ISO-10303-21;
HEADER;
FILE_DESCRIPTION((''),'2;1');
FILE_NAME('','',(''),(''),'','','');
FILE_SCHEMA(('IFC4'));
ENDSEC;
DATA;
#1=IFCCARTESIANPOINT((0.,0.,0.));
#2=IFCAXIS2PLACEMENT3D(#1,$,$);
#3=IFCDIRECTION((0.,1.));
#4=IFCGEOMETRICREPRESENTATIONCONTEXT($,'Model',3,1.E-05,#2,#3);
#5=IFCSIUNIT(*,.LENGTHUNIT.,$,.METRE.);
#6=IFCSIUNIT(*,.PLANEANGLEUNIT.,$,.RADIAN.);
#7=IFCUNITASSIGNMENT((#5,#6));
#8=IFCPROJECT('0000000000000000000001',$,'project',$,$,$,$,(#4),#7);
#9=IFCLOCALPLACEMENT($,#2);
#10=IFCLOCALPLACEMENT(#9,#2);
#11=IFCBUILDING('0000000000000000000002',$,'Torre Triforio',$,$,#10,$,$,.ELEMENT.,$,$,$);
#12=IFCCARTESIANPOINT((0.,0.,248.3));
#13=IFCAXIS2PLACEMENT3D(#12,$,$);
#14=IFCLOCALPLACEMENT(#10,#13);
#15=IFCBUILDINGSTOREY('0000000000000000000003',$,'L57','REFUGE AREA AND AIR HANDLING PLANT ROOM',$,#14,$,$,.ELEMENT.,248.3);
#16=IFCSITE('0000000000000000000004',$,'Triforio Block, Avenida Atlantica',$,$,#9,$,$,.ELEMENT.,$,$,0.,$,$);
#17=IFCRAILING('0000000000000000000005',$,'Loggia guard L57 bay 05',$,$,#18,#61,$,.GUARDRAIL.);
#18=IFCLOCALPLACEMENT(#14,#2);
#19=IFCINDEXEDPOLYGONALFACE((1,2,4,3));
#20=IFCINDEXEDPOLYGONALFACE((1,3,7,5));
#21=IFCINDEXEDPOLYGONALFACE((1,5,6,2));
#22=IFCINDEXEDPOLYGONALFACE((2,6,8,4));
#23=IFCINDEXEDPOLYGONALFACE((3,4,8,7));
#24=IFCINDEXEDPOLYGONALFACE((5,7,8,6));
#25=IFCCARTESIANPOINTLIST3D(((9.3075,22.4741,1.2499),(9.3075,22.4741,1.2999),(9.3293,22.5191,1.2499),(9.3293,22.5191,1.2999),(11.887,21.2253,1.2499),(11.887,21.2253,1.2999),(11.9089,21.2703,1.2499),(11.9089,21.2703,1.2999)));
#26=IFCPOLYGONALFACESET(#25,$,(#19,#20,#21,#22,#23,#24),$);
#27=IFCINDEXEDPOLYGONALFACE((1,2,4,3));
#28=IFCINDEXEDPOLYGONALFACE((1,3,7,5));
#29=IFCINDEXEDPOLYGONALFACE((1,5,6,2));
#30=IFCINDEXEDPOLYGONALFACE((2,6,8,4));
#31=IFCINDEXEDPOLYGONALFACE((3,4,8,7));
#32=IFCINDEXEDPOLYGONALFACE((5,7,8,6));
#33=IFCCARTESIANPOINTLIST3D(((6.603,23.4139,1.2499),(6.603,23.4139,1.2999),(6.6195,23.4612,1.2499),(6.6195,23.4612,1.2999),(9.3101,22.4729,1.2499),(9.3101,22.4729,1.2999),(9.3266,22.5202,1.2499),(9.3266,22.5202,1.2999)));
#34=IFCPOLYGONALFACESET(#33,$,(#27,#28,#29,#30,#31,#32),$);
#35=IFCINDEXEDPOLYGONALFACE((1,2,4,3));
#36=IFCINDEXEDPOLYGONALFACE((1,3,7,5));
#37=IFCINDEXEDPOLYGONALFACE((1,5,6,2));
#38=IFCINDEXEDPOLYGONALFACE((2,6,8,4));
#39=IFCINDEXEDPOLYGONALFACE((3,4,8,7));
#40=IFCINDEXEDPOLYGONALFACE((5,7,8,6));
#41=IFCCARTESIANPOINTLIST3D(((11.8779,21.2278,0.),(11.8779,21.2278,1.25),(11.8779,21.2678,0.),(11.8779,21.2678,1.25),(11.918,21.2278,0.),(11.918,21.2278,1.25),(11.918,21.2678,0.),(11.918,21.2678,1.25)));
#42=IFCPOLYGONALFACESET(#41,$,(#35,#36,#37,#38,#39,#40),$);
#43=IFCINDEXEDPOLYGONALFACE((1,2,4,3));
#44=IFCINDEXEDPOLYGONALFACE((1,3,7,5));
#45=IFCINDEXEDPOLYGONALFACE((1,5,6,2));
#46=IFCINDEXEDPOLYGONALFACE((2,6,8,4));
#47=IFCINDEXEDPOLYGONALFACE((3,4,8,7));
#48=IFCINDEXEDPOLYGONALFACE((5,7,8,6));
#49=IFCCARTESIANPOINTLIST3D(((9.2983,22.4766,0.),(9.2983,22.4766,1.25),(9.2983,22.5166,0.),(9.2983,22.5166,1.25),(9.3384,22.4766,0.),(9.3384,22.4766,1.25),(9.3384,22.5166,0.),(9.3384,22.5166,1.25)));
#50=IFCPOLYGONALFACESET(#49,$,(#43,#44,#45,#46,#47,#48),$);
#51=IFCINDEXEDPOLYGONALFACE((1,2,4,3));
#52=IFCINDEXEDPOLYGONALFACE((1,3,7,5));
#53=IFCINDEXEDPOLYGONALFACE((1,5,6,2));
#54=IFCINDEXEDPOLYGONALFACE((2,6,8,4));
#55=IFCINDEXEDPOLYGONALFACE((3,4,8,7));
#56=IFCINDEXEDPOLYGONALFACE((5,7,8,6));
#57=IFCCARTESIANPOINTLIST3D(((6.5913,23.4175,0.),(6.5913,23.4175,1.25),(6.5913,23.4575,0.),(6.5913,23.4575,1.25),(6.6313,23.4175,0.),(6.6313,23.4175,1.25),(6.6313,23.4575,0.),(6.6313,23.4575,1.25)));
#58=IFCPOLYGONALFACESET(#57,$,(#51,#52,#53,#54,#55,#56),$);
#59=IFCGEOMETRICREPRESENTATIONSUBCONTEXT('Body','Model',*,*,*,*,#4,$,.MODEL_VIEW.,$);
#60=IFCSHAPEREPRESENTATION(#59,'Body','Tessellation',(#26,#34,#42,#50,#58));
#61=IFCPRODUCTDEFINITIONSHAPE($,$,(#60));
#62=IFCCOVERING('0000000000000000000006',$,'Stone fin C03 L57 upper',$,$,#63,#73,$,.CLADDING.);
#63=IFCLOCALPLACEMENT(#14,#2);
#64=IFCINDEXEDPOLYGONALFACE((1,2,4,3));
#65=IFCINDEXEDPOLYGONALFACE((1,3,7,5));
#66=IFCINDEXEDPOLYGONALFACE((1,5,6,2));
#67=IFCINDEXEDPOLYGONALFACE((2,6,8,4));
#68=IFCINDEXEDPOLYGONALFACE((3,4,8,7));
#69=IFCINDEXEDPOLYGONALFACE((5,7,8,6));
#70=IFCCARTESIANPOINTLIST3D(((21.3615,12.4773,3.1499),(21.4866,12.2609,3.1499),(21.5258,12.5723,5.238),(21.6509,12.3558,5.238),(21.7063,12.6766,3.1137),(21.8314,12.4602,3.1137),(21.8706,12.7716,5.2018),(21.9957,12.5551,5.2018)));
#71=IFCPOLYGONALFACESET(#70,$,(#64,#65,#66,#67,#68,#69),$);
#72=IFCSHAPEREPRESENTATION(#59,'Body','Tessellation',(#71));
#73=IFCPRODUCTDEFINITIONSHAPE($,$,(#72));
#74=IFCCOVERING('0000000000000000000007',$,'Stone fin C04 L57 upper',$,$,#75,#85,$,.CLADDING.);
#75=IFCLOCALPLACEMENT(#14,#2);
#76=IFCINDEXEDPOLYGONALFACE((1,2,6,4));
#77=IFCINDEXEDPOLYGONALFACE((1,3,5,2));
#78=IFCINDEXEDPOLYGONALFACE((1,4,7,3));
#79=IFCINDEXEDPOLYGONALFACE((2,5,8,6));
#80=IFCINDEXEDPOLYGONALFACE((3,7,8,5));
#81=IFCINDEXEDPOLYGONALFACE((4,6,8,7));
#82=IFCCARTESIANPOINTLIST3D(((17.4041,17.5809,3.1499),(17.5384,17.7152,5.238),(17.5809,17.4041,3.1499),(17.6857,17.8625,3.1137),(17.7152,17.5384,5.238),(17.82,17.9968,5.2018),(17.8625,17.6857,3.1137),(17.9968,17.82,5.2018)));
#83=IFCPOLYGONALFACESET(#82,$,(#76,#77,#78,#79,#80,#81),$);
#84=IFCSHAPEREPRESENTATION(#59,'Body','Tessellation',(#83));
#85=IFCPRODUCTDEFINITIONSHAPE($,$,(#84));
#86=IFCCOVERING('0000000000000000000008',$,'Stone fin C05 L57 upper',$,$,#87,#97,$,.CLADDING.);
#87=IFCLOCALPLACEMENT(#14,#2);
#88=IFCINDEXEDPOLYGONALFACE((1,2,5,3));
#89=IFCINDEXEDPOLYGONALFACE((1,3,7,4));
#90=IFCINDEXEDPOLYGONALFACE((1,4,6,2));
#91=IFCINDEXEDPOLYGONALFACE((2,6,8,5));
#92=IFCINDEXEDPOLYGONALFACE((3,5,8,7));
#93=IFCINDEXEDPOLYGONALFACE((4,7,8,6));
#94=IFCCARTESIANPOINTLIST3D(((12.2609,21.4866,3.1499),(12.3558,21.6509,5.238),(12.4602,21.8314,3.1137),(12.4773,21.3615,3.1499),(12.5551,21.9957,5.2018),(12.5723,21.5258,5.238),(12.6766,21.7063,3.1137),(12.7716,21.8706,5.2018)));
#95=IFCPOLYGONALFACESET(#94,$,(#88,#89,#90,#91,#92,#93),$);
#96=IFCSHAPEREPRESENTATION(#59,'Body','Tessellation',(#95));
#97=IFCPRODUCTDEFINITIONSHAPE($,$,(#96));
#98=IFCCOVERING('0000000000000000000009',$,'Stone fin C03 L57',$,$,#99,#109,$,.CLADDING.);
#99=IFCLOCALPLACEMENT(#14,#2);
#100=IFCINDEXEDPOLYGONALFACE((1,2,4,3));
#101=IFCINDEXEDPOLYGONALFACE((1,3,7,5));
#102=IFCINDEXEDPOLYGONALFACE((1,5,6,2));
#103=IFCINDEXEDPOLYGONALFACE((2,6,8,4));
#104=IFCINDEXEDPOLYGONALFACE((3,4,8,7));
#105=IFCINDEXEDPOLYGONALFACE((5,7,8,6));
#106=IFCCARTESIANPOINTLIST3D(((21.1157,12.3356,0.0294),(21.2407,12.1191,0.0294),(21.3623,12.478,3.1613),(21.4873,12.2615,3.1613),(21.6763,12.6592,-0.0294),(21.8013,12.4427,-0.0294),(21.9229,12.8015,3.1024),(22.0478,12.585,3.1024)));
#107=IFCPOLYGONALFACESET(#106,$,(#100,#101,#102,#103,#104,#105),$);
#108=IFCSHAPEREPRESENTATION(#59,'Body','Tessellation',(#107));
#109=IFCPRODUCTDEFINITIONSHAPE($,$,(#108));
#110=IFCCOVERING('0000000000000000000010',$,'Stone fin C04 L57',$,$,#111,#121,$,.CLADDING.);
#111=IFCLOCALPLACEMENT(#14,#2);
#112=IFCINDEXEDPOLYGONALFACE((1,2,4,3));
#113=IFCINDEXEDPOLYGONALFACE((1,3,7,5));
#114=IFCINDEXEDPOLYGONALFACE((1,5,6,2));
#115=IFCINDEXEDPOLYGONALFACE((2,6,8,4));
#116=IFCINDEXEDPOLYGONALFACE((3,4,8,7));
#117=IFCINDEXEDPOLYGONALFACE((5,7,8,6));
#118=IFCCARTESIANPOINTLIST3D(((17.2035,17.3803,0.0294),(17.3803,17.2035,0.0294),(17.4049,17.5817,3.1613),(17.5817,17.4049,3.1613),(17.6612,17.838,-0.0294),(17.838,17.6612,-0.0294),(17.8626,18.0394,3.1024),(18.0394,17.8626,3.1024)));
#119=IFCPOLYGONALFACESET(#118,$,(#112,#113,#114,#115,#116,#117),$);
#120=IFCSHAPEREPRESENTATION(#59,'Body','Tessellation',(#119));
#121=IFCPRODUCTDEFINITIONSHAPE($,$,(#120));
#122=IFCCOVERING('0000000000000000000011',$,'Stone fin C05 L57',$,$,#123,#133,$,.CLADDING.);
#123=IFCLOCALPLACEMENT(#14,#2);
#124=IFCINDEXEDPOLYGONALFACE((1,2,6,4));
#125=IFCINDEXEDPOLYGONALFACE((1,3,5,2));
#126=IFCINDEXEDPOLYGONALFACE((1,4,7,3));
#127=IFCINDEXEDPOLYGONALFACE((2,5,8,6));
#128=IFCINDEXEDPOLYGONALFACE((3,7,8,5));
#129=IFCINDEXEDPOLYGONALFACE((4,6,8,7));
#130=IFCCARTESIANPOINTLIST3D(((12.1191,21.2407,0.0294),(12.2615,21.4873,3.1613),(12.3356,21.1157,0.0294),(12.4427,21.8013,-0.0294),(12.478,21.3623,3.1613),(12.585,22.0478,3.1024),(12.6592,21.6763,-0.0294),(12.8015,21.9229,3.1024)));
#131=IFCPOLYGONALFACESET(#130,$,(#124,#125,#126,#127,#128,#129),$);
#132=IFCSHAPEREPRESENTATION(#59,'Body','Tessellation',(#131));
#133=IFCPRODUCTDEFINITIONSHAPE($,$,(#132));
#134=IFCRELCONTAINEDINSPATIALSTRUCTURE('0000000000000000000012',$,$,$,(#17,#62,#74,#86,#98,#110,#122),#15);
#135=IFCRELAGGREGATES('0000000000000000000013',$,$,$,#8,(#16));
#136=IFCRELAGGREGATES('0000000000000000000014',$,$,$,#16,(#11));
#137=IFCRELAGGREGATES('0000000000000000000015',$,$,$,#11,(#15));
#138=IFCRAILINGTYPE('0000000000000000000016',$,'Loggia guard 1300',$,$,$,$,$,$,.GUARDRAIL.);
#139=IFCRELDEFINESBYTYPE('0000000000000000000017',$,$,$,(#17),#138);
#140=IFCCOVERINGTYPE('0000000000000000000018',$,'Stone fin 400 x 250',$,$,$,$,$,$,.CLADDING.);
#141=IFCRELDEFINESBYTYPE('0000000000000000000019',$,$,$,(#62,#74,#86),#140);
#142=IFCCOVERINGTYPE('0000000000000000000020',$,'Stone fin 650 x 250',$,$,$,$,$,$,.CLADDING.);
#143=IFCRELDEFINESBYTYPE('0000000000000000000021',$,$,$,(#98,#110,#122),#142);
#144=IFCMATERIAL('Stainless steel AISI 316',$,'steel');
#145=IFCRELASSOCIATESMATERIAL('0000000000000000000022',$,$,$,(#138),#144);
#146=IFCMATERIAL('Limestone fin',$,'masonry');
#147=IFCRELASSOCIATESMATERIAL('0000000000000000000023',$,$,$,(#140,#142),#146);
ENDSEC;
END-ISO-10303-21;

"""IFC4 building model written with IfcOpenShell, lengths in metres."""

from ifc_helpers import new_model, si_unit, direction, frame, origin, origin_2d, place, context, subcontext, project, spatial, rectangle, extrude, material, material_profile, profile_set, type_object, element, save


model = new_model("IFC4")

# Units and contexts
model_context = context("Model", 3, precision=1e-05, world=origin(), true_north=direction((0.0, 1.0)))
body_context = subcontext(model_context, "Body", "Model", "MODEL_VIEW")
ifc_project = project(units=[si_unit("LENGTHUNIT", "METRE"), si_unit("PLANEANGLEUNIT", "RADIAN")], contexts=[model_context])

# Site, building, storey
site_placement = place(None, origin())
site = spatial("IfcSite", under=ifc_project, at=site_placement, Name="Triforio Block, Avenida Atlantica", CompositionType="ELEMENT", RefElevation=0.0)
building_placement = place(site_placement, origin())
building = spatial("IfcBuilding", under=site, at=building_placement, Name="Torre Triforio", CompositionType="ELEMENT")
storey_placement = place(building_placement, frame((0.0, 0.0, 248.3)))
storey = spatial("IfcBuildingStorey", under=building, at=storey_placement, Name="L57", Description="REFUGE AREA AND AIR HANDLING PLANT ROOM", CompositionType="ELEMENT", Elevation=248.3)

# Railing
ifc_material_1 = material(Name="Stainless steel AISI 316", Category="steel")
railing_type = type_object("IfcRailingType", Name="Loggia guard 1300", PredefinedType="GUARDRAIL", material=ifc_material_1)
railing_1_placement = place(storey_placement, frame((11.8979, 21.2478, 0.0)))
element("IfcRailing", 1, at=railing_1_placement, inside=storey, type_object=railing_type, Name="Loggia guard L57 bay 05", PredefinedType="GUARDRAIL", context=body_context, shape_type="SweptSolid", body=[
    extrude(rectangle(XDim=0.05, YDim=0.05, at=origin_2d()), frame((0.0, 0.0, 1.2749), z_axis=(-0.900078, 0.435728, 0.0), x_axis=(-0.435728, -0.900078, 0.0)), (0.0, 0.0, 1.0), 2.866),
    extrude(rectangle(XDim=0.05, YDim=0.05, at=origin_2d()), frame((-2.5796, 1.2488, 1.2749), z_axis=(-0.944568, 0.328316, 0.0), x_axis=(-0.328316, -0.944568, 0.0)), (0.0, 0.0, 1.0), 2.866),
    extrude(rectangle(XDim=0.04, YDim=0.04, at=origin_2d()), origin(), (0.0, 0.0, 1.0), 1.25),
    extrude(rectangle(XDim=0.04, YDim=0.04, at=origin_2d()), frame((-2.5796, 1.2488, 0.0)), (0.0, 0.0, 1.0), 1.25),
    extrude(rectangle(XDim=0.04, YDim=0.04, at=origin_2d()), frame((-5.2866, 2.1897, 0.0)), (0.0, 0.0, 1.0), 1.25),
])

# Coverings
ifc_material_2 = material(Name="Limestone fin", Category="masonry")
ifc_material_profile_1 = material_profile(ifc_material_2, rectangle(XDim=0.3999, YDim=0.25, at=origin_2d()), Name="FIN 400x250")
ifc_profile_set_1 = profile_set([ifc_material_profile_1], Name="Limestone fin")
covering_type_1 = type_object("IfcCoveringType", Name="Stone fin 400 x 250", PredefinedType="CLADDING", material=ifc_profile_set_1)
for number, where, z_axis, x_axis, name in (
    (2, (21.5964, 12.4688, 3.1318), (0.078363, 0.045294, 0.995895), (-0.862225, -0.498374, 0.090511), "Stone fin C03 L57 upper"),
    (3, (17.6333, 17.6333, 3.1318), (0.064041, 0.064041, 0.99589), (-0.704201, -0.704201, 0.090567), "Stone fin C04 L57 upper"),
    (4, (12.4688, 21.5964, 3.1318), (0.045294, 0.078363, 0.995895), (-0.498374, -0.862225, 0.090511), "Stone fin C05 L57 upper"),
):
    element("IfcCovering", number, at=place(storey_placement, frame(where, z_axis=z_axis, x_axis=x_axis)), inside=storey, type_object=covering_type_1, Name=name, PredefinedType="CLADDING", context=body_context, shape_type="SweptSolid", body=[
        extrude(rectangle(XDim=0.3999, YDim=0.25, at=origin_2d()), origin(), (0.0, 0.0, 1.0), 2.0967),
    ])
ifc_material_profile_2 = material_profile(ifc_material_2, rectangle(XDim=0.6499, YDim=0.25, at=origin_2d()), Name="FIN 650x250")
ifc_profile_set_2 = profile_set([ifc_material_profile_2], Name="Limestone fin")
covering_type_2 = type_object("IfcCoveringType", Name="Stone fin 650 x 250", PredefinedType="CLADDING", material=ifc_profile_set_2)
for number, where, z_axis, x_axis, name in (
    (5, (21.4585, 12.3892, 0.0), (0.078411, 0.045261, 0.995893), (-0.862515, -0.497867, 0.090536), "Stone fin C03 L57"),
    (6, (17.5208, 17.5208, 0.0), (0.064048, 0.064048, 0.995889), (-0.7042, -0.7042, 0.090578), "Stone fin C04 L57"),
    (7, (12.3892, 21.4585, 0.0), (0.045261, 0.078411, 0.995893), (-0.497867, -0.862515, 0.090536), "Stone fin C05 L57"),
):
    element("IfcCovering", number, at=place(storey_placement, frame(where, z_axis=z_axis, x_axis=x_axis)), inside=storey, type_object=covering_type_2, Name=name, PredefinedType="CLADDING", context=body_context, shape_type="SweptSolid", body=[
        extrude(rectangle(XDim=0.6499, YDim=0.25, at=origin_2d()), origin(), (0.0, 0.0, 1.0), 3.1448),
    ])

save(model, "model.ifc")
